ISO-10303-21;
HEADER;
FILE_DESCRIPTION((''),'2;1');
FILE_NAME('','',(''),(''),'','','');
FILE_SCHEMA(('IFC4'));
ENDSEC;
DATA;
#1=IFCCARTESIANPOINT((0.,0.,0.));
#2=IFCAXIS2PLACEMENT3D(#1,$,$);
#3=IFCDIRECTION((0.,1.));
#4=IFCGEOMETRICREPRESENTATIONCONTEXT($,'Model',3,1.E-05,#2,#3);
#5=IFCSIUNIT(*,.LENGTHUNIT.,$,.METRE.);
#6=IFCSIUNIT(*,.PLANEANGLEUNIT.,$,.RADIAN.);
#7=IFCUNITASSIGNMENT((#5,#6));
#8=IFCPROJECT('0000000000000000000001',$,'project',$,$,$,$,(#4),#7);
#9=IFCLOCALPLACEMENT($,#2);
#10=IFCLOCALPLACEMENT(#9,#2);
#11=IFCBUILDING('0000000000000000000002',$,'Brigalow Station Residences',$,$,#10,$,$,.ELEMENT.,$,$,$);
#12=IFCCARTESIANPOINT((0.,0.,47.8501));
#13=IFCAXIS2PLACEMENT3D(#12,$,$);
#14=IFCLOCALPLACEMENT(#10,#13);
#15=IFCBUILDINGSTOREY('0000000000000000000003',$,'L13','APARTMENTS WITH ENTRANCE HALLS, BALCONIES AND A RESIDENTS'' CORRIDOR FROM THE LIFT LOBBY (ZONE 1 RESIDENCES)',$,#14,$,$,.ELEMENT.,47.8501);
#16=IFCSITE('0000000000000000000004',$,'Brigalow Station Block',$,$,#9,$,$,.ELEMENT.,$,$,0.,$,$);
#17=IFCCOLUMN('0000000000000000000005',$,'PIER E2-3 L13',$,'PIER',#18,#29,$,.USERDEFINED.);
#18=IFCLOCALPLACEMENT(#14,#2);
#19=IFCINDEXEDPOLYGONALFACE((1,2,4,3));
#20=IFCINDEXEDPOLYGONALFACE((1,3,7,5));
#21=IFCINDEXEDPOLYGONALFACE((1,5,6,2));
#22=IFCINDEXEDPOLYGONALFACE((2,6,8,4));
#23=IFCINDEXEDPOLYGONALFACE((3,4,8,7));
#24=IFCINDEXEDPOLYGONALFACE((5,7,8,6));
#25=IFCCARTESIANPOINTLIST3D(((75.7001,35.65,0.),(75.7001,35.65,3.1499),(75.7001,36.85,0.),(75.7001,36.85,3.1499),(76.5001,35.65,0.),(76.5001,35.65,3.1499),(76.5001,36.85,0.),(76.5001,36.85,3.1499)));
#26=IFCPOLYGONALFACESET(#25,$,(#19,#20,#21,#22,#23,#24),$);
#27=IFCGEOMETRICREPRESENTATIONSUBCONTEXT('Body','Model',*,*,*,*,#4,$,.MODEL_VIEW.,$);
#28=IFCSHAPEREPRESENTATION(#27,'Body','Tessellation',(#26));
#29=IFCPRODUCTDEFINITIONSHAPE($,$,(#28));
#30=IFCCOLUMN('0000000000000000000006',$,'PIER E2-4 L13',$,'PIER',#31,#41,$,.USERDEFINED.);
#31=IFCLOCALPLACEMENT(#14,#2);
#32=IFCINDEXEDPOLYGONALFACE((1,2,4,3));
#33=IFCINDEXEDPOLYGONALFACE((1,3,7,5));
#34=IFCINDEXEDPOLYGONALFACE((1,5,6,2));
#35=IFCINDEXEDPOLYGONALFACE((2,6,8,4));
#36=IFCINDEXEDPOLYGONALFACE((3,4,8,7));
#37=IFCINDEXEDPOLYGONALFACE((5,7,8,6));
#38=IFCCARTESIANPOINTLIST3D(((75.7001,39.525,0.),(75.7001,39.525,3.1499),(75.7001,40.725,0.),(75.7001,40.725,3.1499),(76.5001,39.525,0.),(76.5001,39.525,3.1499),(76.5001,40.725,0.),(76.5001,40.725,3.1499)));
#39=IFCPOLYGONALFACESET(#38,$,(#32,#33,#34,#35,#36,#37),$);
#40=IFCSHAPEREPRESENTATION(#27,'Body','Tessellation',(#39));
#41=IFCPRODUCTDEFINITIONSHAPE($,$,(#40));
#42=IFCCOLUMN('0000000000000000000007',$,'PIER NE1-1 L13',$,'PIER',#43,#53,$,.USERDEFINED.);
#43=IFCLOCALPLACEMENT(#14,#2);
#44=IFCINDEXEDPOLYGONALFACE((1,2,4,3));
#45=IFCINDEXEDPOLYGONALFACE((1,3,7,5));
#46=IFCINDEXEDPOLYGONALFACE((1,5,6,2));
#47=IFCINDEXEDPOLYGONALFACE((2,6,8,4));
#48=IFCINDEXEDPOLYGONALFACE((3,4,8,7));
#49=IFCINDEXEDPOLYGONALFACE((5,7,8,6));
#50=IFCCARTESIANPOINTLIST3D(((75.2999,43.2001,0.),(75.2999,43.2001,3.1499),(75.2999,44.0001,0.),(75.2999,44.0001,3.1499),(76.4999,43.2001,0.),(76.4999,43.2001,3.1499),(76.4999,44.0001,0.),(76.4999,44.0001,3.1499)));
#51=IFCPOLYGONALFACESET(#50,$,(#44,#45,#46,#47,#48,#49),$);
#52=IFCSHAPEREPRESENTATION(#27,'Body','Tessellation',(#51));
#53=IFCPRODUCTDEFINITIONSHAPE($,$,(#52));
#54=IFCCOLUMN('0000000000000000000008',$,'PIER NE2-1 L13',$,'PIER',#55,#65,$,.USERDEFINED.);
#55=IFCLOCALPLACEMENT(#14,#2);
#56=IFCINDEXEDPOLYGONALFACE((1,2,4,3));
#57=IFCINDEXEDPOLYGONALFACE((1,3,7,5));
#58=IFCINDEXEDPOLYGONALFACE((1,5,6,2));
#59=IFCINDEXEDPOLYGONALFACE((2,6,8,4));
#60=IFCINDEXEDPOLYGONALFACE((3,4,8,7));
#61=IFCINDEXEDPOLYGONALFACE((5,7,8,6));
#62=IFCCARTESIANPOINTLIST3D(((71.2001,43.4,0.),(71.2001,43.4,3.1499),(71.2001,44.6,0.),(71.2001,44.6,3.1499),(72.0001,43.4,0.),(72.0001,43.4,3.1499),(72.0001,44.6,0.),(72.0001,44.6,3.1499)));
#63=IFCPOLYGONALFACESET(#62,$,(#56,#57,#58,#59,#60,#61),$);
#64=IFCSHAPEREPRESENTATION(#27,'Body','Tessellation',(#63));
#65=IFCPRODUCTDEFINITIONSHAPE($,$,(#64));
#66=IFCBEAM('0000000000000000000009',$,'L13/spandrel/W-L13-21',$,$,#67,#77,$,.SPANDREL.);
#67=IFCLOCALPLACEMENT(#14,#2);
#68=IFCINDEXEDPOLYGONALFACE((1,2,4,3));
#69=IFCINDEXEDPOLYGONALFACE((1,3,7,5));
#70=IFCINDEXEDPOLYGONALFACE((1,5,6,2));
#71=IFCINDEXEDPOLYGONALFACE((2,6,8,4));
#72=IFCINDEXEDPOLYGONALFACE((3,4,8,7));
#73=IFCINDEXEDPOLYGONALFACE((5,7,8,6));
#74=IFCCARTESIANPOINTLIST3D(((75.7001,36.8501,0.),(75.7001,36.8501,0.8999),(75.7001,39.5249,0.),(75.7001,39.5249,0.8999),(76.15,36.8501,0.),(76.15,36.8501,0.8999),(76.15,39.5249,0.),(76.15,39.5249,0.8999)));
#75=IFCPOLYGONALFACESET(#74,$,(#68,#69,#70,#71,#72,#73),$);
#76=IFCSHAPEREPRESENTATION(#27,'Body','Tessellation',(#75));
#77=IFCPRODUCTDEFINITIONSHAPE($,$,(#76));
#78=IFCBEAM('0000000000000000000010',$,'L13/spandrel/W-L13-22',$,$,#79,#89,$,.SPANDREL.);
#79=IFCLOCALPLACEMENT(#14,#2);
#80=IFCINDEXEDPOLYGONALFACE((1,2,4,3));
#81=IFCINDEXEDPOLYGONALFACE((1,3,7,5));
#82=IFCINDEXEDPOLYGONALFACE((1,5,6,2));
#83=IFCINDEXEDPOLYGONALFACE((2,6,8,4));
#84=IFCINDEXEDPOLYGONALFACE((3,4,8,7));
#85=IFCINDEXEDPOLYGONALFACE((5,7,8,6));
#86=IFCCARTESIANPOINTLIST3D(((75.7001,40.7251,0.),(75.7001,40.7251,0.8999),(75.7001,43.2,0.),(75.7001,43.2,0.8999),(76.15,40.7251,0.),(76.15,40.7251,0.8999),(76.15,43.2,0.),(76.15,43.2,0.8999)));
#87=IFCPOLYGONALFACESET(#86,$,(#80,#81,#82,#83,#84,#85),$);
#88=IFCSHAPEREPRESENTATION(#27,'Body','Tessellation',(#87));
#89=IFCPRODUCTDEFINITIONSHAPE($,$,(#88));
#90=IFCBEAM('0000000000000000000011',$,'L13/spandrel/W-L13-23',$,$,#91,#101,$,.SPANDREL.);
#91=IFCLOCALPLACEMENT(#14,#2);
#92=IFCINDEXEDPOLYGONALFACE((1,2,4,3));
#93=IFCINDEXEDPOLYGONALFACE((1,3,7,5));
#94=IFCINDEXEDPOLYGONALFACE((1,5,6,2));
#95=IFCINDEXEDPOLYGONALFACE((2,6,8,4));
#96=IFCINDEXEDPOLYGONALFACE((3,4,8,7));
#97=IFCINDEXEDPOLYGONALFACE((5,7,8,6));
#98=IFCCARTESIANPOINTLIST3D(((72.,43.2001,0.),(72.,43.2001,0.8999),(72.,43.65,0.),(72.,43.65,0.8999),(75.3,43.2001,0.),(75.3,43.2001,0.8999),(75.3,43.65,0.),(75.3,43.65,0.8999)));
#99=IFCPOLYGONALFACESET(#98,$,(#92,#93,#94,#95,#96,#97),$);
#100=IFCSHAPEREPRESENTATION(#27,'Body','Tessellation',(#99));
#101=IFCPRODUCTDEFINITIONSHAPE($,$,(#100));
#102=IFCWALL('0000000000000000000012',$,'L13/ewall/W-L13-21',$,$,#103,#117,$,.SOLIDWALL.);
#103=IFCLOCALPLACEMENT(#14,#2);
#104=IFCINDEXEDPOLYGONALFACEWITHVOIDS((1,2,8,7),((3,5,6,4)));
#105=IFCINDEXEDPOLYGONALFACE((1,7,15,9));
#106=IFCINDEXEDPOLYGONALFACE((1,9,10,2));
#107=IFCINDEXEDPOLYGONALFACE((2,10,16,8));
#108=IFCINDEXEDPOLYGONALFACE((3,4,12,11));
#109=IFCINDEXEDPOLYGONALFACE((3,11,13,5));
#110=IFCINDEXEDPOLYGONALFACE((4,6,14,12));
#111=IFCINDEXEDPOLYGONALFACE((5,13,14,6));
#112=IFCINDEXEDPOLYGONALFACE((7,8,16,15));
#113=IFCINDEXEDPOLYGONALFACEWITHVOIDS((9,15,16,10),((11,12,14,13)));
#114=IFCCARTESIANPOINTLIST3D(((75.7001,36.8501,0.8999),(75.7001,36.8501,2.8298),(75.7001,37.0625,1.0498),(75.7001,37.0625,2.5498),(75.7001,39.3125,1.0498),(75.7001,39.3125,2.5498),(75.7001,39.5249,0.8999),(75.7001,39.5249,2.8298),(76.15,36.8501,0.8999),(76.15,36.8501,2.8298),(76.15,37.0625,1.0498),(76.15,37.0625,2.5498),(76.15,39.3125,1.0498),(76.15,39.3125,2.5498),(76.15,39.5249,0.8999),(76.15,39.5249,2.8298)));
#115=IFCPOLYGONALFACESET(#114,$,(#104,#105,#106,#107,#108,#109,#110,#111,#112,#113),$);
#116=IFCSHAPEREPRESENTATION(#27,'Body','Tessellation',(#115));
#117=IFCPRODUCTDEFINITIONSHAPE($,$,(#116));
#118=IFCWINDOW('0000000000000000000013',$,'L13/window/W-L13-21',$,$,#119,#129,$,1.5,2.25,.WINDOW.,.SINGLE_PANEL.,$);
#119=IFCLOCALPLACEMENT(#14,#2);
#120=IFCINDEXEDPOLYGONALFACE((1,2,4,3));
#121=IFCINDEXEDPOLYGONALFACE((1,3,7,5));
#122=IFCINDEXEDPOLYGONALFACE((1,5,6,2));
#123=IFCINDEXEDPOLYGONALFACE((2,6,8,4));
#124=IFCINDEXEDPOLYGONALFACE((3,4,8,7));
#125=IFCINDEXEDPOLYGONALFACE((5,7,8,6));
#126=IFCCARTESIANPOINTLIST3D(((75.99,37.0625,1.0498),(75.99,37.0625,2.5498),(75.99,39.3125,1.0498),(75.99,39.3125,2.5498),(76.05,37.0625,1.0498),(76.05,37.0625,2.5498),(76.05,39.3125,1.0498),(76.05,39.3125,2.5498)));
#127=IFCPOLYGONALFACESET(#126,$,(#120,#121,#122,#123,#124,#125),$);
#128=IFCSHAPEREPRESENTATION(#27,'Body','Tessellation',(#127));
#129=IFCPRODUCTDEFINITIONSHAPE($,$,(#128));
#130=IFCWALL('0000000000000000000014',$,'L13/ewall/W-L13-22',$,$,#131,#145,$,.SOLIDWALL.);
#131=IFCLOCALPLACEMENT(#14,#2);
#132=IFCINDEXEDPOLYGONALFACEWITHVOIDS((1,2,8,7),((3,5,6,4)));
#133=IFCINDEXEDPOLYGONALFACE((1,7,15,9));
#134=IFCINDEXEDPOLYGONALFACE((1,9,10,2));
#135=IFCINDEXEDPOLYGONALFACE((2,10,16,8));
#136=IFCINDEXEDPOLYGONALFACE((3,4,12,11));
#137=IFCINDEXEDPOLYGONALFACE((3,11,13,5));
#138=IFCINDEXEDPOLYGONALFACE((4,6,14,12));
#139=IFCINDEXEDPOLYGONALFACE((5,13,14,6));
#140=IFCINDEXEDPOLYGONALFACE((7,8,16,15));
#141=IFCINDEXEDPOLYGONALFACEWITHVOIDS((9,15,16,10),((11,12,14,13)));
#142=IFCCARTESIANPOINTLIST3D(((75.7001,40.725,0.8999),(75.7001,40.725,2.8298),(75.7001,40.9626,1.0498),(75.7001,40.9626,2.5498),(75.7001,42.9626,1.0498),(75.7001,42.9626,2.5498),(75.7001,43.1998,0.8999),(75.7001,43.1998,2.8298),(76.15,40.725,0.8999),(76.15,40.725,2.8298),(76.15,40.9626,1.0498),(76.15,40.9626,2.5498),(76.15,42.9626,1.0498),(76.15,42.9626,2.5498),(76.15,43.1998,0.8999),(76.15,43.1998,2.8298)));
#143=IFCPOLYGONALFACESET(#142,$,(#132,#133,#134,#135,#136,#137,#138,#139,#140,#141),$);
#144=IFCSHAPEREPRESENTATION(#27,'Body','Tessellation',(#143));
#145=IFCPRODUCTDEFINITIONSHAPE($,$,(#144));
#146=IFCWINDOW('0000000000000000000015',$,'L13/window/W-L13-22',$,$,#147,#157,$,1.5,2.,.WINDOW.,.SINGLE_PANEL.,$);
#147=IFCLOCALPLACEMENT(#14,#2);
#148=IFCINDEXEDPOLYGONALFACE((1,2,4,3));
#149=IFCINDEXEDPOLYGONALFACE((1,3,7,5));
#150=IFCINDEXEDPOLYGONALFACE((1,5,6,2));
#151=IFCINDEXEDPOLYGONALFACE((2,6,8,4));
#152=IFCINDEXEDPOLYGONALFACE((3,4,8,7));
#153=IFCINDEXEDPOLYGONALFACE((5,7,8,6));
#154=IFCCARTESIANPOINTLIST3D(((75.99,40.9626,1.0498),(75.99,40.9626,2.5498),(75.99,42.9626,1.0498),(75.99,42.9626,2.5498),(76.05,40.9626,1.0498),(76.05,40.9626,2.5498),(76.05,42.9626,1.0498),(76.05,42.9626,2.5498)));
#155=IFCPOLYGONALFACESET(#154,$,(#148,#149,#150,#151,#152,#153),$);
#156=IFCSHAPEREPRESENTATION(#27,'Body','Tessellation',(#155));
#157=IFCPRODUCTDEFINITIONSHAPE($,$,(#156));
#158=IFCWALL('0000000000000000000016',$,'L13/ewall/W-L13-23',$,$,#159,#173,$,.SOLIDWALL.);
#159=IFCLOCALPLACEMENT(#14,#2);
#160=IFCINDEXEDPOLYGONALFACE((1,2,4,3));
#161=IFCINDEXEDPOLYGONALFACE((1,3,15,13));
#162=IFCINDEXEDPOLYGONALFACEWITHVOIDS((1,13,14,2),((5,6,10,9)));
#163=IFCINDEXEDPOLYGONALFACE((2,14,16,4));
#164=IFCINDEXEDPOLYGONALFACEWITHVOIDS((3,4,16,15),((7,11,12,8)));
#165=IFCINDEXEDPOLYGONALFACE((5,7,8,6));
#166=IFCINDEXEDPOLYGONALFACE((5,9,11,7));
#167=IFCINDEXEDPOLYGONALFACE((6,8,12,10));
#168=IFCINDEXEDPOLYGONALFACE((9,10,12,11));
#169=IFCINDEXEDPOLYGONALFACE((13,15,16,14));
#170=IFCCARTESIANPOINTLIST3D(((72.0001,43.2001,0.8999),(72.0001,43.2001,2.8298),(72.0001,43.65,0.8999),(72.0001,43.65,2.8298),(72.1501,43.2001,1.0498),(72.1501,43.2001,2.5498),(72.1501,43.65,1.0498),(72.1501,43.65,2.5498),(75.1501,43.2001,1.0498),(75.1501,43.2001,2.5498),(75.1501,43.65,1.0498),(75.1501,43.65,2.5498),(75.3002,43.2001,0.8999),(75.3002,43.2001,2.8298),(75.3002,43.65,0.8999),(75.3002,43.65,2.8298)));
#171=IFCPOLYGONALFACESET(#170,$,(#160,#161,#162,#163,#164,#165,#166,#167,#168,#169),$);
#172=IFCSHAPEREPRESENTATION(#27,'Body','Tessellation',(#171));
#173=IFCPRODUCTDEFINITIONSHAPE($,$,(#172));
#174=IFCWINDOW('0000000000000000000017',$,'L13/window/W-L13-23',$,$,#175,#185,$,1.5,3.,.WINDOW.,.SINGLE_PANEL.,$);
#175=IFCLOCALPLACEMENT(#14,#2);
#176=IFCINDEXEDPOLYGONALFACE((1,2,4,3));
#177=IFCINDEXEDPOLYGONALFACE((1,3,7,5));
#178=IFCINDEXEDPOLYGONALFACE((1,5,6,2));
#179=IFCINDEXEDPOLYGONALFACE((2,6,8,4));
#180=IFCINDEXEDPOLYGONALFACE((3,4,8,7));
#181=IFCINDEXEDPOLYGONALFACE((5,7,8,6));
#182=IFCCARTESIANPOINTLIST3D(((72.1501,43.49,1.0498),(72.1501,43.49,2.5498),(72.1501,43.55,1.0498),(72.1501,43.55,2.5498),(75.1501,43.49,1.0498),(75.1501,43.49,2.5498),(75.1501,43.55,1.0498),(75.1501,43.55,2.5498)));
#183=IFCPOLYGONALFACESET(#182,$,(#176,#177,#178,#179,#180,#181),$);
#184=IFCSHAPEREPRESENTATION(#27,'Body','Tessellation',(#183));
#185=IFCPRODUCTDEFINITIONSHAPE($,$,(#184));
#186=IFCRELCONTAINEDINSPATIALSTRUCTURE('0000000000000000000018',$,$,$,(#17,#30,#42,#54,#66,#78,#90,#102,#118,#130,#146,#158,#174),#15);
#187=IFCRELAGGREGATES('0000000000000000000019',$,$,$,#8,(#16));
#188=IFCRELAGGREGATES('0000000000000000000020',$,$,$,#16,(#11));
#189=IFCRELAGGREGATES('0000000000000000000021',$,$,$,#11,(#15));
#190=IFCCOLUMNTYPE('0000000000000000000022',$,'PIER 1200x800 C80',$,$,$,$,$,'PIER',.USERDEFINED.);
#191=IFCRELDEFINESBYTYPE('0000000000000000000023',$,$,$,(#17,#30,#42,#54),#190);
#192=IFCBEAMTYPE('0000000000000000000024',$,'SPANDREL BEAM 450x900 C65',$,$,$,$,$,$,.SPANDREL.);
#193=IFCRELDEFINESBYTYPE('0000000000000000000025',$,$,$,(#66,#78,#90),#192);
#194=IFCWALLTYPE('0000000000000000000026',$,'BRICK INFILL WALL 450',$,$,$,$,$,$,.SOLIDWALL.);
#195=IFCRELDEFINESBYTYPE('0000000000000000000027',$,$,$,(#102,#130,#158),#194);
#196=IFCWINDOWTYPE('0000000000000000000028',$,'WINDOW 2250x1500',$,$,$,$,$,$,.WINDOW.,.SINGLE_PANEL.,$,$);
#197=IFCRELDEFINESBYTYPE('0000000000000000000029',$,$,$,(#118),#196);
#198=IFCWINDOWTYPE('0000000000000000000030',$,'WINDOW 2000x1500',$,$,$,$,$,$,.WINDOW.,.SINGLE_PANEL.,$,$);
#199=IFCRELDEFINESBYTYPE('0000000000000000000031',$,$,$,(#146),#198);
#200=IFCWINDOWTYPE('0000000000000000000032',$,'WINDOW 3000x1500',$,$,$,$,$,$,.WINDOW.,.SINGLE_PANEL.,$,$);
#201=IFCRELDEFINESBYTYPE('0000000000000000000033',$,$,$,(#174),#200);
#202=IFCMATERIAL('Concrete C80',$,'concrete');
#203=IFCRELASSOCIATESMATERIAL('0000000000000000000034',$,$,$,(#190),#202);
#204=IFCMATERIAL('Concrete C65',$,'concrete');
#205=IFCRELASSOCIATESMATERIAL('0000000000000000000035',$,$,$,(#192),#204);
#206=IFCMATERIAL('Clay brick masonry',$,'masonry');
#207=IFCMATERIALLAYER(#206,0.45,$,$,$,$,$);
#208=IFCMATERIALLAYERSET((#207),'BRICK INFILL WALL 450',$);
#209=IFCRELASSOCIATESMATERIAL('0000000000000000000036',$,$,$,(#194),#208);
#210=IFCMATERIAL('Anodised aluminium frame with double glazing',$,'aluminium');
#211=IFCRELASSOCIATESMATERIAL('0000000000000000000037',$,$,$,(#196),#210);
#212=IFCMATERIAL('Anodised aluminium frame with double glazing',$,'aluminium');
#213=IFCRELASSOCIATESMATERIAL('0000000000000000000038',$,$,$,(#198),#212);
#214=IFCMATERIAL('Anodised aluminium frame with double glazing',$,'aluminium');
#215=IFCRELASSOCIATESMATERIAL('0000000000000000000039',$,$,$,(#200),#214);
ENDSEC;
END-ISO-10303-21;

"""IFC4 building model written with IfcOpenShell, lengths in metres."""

from ifc_helpers import new_model, si_unit, direction, frame, frame_2d, origin, origin_2d, place, context, subcontext, project, spatial, rectangle, extrude, material, layer, layer_set, material_profile, profile_set, type_object, element, fill, save


model = new_model("IFC4")

# Units and contexts
model_context = context("Model", 3, precision=1e-05, world=origin(), true_north=direction((0.0, 1.0)))
body_context = subcontext(model_context, "Body", "Model", "MODEL_VIEW")
ifc_project = project(units=[si_unit("LENGTHUNIT", "METRE"), si_unit("PLANEANGLEUNIT", "RADIAN")], contexts=[model_context])

# Site, building, storey
site_placement = place(None, origin())
site = spatial("IfcSite", under=ifc_project, at=site_placement, Name="Brigalow Station Block", CompositionType="ELEMENT", RefElevation=0.0)
building_placement = place(site_placement, origin())
building = spatial("IfcBuilding", under=site, at=building_placement, Name="Brigalow Station Residences", CompositionType="ELEMENT")
storey_placement = place(building_placement, frame((0.0, 0.0, 47.8501)))
storey = spatial("IfcBuildingStorey", under=building, at=storey_placement, Name="L13", Description="APARTMENTS WITH ENTRANCE HALLS, BALCONIES AND A RESIDENTS' CORRIDOR FROM THE LIFT LOBBY (ZONE 1 RESIDENCES)", CompositionType="ELEMENT", Elevation=47.8501)

# Columns
ifc_material_1 = material(Name="Concrete C80", Category="concrete")
ifc_material_profile_1 = material_profile(ifc_material_1, rectangle(XDim=1.2, YDim=0.8, at=origin_2d()), Name="RC1200x800")
ifc_profile_set_1 = profile_set([ifc_material_profile_1], Name="Concrete C80")
column_type = type_object("IfcColumnType", Name="PIER 1200x800 C80", ElementType="PIER", PredefinedType="USERDEFINED", material=ifc_profile_set_1)
for number, where, z_axis, x_axis, name in (
    (1, (76.1001, 36.25, 0.0), (0.0, 0.0, 1.0), (0.0, 1.0, 0.0), "PIER E2-3 L13"),
    (2, (76.1001, 40.125, 0.0), (0.0, 0.0, 1.0), (0.0, 1.0, 0.0), "PIER E2-4 L13"),
    (3, (75.8999, 43.6001, 0.0), (0.0, 0.0, 1.0), (-1.0, 0.0, 0.0), "PIER NE1-1 L13"),
    (4, (71.6001, 44.0, 0.0), (0.0, 0.0, 1.0), (0.0, 1.0, 0.0), "PIER NE2-1 L13"),
):
    element("IfcColumn", number, at=place(storey_placement, frame(where, z_axis=z_axis, x_axis=x_axis)), inside=storey, type_object=column_type, Name=name, ObjectType="PIER", PredefinedType="USERDEFINED", context=body_context, shape_type="SweptSolid", body=[
        extrude(rectangle(XDim=1.2, YDim=0.8, at=origin_2d()), origin(), (0.0, 0.0, 1.0), 3.1499),
    ])

# Beams
ifc_material_2 = material(Name="Concrete C65", Category="concrete")
ifc_material_profile_2 = material_profile(ifc_material_2, rectangle(XDim=0.45, YDim=0.8999, at=origin_2d()), Name="RC450x900")
ifc_profile_set_2 = profile_set([ifc_material_profile_2], Name="Concrete C65")
beam_type = type_object("IfcBeamType", Name="SPANDREL BEAM 450x900 C65", PredefinedType="SPANDREL", material=ifc_profile_set_2)
beam_1_placement = place(storey_placement, frame((75.925, 36.8501, 0.45), z_axis=(0.0, 1.0, 0.0), x_axis=(-1.0, 0.0, 0.0)))
element("IfcBeam", 5, at=beam_1_placement, inside=storey, type_object=beam_type, Name="L13/spandrel/W-L13-21", PredefinedType="SPANDREL", context=body_context, shape_type="SweptSolid", body=[
    extrude(rectangle(XDim=0.45, YDim=0.8999, at=origin_2d()), origin(), (0.0, 0.0, 1.0), 2.6748),
])
beam_2_placement = place(storey_placement, frame((75.925, 40.7251, 0.45), z_axis=(0.0, 1.0, 0.0), x_axis=(-1.0, 0.0, 0.0)))
element("IfcBeam", 6, at=beam_2_placement, inside=storey, type_object=beam_type, Name="L13/spandrel/W-L13-22", PredefinedType="SPANDREL", context=body_context, shape_type="SweptSolid", body=[
    extrude(rectangle(XDim=0.45, YDim=0.8999, at=origin_2d()), origin(), (0.0, 0.0, 1.0), 2.4749),
])
beam_3_placement = place(storey_placement, frame((75.3, 43.425, 0.45), z_axis=(-1.0, 0.0, 0.0), x_axis=(0.0, -1.0, 0.0)))
element("IfcBeam", 7, at=beam_3_placement, inside=storey, type_object=beam_type, Name="L13/spandrel/W-L13-23", PredefinedType="SPANDREL", context=body_context, shape_type="SweptSolid", body=[
    extrude(rectangle(XDim=0.45, YDim=0.8999, at=origin_2d()), origin(), (0.0, 0.0, 1.0), 3.3),
])

# Walls, openings, windows
ifc_material_3 = material(Name="Clay brick masonry", Category="masonry")
ifc_layer_1 = layer(ifc_material_3, 0.45)
ifc_layer_set_1 = layer_set([ifc_layer_1], Name="BRICK INFILL WALL 450")
wall_type_1 = type_object("IfcWallType", Name="BRICK INFILL WALL 450", PredefinedType="SOLIDWALL", material=ifc_layer_set_1)
wall_1_placement = place(storey_placement, frame((75.925, 36.8501, 0.8999), z_axis=(0.0, 0.0, 1.0), x_axis=(0.0, 1.0, 0.0)))
wall_1 = element("IfcWall", 8, at=wall_1_placement, inside=storey, type_object=wall_type_1, Name="L13/ewall/W-L13-21", PredefinedType="SOLIDWALL", context=body_context, shape_type="SweptSolid", body=[
    extrude(rectangle(XDim=2.6748, YDim=0.45, at=frame_2d((1.3374, 0.0))), origin(), (0.0, 0.0, 1.0), 1.9299),
])
opening_1_placement = place(wall_1_placement, frame((0.2124, 0.0, 0.1499)))
opening_1 = element("IfcOpeningElement", 9, at=opening_1_placement, cuts=wall_1, PredefinedType="OPENING", context=body_context, shape_type="SweptSolid", body=[
    extrude(rectangle(XDim=2.25, YDim=1.5, at=frame_2d((1.125, 0.75))), frame((0.0, 0.2349, 0.0), z_axis=(0.0, -1.0, 0.0), x_axis=(1.0, 0.0, 0.0)), (0.0, 0.0, 1.0), 0.47),
])
ifc_material_4 = material(Name="Anodised aluminium frame with double glazing", Category="aluminium")
window_type_1 = type_object("IfcWindowType", Name="WINDOW 2250x1500", PartitioningType="SINGLE_PANEL", PredefinedType="WINDOW", material=ifc_material_4)
window_1_placement = place(opening_1_placement, origin())
window_1 = element("IfcWindow", 10, at=window_1_placement, inside=storey, type_object=window_type_1, Name="L13/window/W-L13-21", OverallHeight=1.5, OverallWidth=2.25, PartitioningType="SINGLE_PANEL", PredefinedType="WINDOW", context=body_context, shape_type="SweptSolid", body=[
    extrude(rectangle(XDim=2.25, YDim=1.5, at=frame_2d((1.125, 0.75))), frame((0.0, -0.0649, 0.0), z_axis=(0.0, -1.0, 0.0), x_axis=(1.0, 0.0, 0.0)), (0.0, 0.0, 1.0), 0.0601),
])
fill(opening_1, window_1)
wall_2_placement = place(storey_placement, frame((75.925, 40.7251, 0.8999), z_axis=(0.0, 0.0, 1.0), x_axis=(0.0, 1.0, 0.0)))
wall_2 = element("IfcWall", 11, at=wall_2_placement, inside=storey, type_object=wall_type_1, Name="L13/ewall/W-L13-22", PredefinedType="SOLIDWALL", context=body_context, shape_type="SweptSolid", body=[
    extrude(rectangle(XDim=2.4749, YDim=0.45, at=frame_2d((1.2373, 0.0))), origin(), (0.0, 0.0, 1.0), 1.9299),
])
opening_2_placement = place(wall_2_placement, frame((0.2375, 0.0, 0.1499)))
opening_2 = element("IfcOpeningElement", 12, at=opening_2_placement, cuts=wall_2, PredefinedType="OPENING", context=body_context, shape_type="SweptSolid", body=[
    extrude(rectangle(XDim=2.0, YDim=1.5, at=frame_2d((1.0, 0.75))), frame((0.0, 0.2349, 0.0), z_axis=(0.0, -1.0, 0.0), x_axis=(1.0, 0.0, 0.0)), (0.0, 0.0, 1.0), 0.47),
])
ifc_material_5 = material(Name="Anodised aluminium frame with double glazing", Category="aluminium")
window_type_2 = type_object("IfcWindowType", Name="WINDOW 2000x1500", PartitioningType="SINGLE_PANEL", PredefinedType="WINDOW", material=ifc_material_5)
window_2_placement = place(opening_2_placement, origin())
window_2 = element("IfcWindow", 13, at=window_2_placement, inside=storey, type_object=window_type_2, Name="L13/window/W-L13-22", OverallHeight=1.5, OverallWidth=2.0, PartitioningType="SINGLE_PANEL", PredefinedType="WINDOW", context=body_context, shape_type="SweptSolid", body=[
    extrude(rectangle(XDim=2.0, YDim=1.5, at=frame_2d((1.0, 0.75))), frame((0.0, -0.0649, 0.0), z_axis=(0.0, -1.0, 0.0), x_axis=(1.0, 0.0, 0.0)), (0.0, 0.0, 1.0), 0.0601),
])
fill(opening_2, window_2)
wall_3_placement = place(storey_placement, frame((75.3, 43.425, 0.8999), z_axis=(0.0, 0.0, 1.0), x_axis=(-1.0, 0.0, 0.0)))
wall_3 = element("IfcWall", 14, at=wall_3_placement, inside=storey, type_object=wall_type_1, Name="L13/ewall/W-L13-23", PredefinedType="SOLIDWALL", context=body_context, shape_type="SweptSolid", body=[
    extrude(rectangle(XDim=3.3, YDim=0.45, at=frame_2d((1.6499, 0.0))), origin(), (0.0, 0.0, 1.0), 1.9299),
])
opening_3_placement = place(wall_3_placement, frame((0.1499, 0.0, 0.1499)))
opening_3 = element("IfcOpeningElement", 15, at=opening_3_placement, cuts=wall_3, PredefinedType="OPENING", context=body_context, shape_type="SweptSolid", body=[
    extrude(rectangle(XDim=3.0, YDim=1.5, at=frame_2d((1.5, 0.75))), frame((0.0, 0.2349, 0.0), z_axis=(0.0, -1.0, 0.0), x_axis=(1.0, 0.0, 0.0)), (0.0, 0.0, 1.0), 0.47),
])
ifc_material_6 = material(Name="Anodised aluminium frame with double glazing", Category="aluminium")
window_type_3 = type_object("IfcWindowType", Name="WINDOW 3000x1500", PartitioningType="SINGLE_PANEL", PredefinedType="WINDOW", material=ifc_material_6)
window_3_placement = place(opening_3_placement, origin())
window_3 = element("IfcWindow", 16, at=window_3_placement, inside=storey, type_object=window_type_3, Name="L13/window/W-L13-23", OverallHeight=1.5, OverallWidth=3.0, PartitioningType="SINGLE_PANEL", PredefinedType="WINDOW", context=body_context, shape_type="SweptSolid", body=[
    extrude(rectangle(XDim=3.0, YDim=1.5, at=frame_2d((1.5, 0.75))), frame((0.0, -0.0649, 0.0), z_axis=(0.0, -1.0, 0.0), x_axis=(1.0, 0.0, 0.0)), (0.0, 0.0, 1.0), 0.0601),
])
fill(opening_3, window_3)

save(model, "model.ifc")
